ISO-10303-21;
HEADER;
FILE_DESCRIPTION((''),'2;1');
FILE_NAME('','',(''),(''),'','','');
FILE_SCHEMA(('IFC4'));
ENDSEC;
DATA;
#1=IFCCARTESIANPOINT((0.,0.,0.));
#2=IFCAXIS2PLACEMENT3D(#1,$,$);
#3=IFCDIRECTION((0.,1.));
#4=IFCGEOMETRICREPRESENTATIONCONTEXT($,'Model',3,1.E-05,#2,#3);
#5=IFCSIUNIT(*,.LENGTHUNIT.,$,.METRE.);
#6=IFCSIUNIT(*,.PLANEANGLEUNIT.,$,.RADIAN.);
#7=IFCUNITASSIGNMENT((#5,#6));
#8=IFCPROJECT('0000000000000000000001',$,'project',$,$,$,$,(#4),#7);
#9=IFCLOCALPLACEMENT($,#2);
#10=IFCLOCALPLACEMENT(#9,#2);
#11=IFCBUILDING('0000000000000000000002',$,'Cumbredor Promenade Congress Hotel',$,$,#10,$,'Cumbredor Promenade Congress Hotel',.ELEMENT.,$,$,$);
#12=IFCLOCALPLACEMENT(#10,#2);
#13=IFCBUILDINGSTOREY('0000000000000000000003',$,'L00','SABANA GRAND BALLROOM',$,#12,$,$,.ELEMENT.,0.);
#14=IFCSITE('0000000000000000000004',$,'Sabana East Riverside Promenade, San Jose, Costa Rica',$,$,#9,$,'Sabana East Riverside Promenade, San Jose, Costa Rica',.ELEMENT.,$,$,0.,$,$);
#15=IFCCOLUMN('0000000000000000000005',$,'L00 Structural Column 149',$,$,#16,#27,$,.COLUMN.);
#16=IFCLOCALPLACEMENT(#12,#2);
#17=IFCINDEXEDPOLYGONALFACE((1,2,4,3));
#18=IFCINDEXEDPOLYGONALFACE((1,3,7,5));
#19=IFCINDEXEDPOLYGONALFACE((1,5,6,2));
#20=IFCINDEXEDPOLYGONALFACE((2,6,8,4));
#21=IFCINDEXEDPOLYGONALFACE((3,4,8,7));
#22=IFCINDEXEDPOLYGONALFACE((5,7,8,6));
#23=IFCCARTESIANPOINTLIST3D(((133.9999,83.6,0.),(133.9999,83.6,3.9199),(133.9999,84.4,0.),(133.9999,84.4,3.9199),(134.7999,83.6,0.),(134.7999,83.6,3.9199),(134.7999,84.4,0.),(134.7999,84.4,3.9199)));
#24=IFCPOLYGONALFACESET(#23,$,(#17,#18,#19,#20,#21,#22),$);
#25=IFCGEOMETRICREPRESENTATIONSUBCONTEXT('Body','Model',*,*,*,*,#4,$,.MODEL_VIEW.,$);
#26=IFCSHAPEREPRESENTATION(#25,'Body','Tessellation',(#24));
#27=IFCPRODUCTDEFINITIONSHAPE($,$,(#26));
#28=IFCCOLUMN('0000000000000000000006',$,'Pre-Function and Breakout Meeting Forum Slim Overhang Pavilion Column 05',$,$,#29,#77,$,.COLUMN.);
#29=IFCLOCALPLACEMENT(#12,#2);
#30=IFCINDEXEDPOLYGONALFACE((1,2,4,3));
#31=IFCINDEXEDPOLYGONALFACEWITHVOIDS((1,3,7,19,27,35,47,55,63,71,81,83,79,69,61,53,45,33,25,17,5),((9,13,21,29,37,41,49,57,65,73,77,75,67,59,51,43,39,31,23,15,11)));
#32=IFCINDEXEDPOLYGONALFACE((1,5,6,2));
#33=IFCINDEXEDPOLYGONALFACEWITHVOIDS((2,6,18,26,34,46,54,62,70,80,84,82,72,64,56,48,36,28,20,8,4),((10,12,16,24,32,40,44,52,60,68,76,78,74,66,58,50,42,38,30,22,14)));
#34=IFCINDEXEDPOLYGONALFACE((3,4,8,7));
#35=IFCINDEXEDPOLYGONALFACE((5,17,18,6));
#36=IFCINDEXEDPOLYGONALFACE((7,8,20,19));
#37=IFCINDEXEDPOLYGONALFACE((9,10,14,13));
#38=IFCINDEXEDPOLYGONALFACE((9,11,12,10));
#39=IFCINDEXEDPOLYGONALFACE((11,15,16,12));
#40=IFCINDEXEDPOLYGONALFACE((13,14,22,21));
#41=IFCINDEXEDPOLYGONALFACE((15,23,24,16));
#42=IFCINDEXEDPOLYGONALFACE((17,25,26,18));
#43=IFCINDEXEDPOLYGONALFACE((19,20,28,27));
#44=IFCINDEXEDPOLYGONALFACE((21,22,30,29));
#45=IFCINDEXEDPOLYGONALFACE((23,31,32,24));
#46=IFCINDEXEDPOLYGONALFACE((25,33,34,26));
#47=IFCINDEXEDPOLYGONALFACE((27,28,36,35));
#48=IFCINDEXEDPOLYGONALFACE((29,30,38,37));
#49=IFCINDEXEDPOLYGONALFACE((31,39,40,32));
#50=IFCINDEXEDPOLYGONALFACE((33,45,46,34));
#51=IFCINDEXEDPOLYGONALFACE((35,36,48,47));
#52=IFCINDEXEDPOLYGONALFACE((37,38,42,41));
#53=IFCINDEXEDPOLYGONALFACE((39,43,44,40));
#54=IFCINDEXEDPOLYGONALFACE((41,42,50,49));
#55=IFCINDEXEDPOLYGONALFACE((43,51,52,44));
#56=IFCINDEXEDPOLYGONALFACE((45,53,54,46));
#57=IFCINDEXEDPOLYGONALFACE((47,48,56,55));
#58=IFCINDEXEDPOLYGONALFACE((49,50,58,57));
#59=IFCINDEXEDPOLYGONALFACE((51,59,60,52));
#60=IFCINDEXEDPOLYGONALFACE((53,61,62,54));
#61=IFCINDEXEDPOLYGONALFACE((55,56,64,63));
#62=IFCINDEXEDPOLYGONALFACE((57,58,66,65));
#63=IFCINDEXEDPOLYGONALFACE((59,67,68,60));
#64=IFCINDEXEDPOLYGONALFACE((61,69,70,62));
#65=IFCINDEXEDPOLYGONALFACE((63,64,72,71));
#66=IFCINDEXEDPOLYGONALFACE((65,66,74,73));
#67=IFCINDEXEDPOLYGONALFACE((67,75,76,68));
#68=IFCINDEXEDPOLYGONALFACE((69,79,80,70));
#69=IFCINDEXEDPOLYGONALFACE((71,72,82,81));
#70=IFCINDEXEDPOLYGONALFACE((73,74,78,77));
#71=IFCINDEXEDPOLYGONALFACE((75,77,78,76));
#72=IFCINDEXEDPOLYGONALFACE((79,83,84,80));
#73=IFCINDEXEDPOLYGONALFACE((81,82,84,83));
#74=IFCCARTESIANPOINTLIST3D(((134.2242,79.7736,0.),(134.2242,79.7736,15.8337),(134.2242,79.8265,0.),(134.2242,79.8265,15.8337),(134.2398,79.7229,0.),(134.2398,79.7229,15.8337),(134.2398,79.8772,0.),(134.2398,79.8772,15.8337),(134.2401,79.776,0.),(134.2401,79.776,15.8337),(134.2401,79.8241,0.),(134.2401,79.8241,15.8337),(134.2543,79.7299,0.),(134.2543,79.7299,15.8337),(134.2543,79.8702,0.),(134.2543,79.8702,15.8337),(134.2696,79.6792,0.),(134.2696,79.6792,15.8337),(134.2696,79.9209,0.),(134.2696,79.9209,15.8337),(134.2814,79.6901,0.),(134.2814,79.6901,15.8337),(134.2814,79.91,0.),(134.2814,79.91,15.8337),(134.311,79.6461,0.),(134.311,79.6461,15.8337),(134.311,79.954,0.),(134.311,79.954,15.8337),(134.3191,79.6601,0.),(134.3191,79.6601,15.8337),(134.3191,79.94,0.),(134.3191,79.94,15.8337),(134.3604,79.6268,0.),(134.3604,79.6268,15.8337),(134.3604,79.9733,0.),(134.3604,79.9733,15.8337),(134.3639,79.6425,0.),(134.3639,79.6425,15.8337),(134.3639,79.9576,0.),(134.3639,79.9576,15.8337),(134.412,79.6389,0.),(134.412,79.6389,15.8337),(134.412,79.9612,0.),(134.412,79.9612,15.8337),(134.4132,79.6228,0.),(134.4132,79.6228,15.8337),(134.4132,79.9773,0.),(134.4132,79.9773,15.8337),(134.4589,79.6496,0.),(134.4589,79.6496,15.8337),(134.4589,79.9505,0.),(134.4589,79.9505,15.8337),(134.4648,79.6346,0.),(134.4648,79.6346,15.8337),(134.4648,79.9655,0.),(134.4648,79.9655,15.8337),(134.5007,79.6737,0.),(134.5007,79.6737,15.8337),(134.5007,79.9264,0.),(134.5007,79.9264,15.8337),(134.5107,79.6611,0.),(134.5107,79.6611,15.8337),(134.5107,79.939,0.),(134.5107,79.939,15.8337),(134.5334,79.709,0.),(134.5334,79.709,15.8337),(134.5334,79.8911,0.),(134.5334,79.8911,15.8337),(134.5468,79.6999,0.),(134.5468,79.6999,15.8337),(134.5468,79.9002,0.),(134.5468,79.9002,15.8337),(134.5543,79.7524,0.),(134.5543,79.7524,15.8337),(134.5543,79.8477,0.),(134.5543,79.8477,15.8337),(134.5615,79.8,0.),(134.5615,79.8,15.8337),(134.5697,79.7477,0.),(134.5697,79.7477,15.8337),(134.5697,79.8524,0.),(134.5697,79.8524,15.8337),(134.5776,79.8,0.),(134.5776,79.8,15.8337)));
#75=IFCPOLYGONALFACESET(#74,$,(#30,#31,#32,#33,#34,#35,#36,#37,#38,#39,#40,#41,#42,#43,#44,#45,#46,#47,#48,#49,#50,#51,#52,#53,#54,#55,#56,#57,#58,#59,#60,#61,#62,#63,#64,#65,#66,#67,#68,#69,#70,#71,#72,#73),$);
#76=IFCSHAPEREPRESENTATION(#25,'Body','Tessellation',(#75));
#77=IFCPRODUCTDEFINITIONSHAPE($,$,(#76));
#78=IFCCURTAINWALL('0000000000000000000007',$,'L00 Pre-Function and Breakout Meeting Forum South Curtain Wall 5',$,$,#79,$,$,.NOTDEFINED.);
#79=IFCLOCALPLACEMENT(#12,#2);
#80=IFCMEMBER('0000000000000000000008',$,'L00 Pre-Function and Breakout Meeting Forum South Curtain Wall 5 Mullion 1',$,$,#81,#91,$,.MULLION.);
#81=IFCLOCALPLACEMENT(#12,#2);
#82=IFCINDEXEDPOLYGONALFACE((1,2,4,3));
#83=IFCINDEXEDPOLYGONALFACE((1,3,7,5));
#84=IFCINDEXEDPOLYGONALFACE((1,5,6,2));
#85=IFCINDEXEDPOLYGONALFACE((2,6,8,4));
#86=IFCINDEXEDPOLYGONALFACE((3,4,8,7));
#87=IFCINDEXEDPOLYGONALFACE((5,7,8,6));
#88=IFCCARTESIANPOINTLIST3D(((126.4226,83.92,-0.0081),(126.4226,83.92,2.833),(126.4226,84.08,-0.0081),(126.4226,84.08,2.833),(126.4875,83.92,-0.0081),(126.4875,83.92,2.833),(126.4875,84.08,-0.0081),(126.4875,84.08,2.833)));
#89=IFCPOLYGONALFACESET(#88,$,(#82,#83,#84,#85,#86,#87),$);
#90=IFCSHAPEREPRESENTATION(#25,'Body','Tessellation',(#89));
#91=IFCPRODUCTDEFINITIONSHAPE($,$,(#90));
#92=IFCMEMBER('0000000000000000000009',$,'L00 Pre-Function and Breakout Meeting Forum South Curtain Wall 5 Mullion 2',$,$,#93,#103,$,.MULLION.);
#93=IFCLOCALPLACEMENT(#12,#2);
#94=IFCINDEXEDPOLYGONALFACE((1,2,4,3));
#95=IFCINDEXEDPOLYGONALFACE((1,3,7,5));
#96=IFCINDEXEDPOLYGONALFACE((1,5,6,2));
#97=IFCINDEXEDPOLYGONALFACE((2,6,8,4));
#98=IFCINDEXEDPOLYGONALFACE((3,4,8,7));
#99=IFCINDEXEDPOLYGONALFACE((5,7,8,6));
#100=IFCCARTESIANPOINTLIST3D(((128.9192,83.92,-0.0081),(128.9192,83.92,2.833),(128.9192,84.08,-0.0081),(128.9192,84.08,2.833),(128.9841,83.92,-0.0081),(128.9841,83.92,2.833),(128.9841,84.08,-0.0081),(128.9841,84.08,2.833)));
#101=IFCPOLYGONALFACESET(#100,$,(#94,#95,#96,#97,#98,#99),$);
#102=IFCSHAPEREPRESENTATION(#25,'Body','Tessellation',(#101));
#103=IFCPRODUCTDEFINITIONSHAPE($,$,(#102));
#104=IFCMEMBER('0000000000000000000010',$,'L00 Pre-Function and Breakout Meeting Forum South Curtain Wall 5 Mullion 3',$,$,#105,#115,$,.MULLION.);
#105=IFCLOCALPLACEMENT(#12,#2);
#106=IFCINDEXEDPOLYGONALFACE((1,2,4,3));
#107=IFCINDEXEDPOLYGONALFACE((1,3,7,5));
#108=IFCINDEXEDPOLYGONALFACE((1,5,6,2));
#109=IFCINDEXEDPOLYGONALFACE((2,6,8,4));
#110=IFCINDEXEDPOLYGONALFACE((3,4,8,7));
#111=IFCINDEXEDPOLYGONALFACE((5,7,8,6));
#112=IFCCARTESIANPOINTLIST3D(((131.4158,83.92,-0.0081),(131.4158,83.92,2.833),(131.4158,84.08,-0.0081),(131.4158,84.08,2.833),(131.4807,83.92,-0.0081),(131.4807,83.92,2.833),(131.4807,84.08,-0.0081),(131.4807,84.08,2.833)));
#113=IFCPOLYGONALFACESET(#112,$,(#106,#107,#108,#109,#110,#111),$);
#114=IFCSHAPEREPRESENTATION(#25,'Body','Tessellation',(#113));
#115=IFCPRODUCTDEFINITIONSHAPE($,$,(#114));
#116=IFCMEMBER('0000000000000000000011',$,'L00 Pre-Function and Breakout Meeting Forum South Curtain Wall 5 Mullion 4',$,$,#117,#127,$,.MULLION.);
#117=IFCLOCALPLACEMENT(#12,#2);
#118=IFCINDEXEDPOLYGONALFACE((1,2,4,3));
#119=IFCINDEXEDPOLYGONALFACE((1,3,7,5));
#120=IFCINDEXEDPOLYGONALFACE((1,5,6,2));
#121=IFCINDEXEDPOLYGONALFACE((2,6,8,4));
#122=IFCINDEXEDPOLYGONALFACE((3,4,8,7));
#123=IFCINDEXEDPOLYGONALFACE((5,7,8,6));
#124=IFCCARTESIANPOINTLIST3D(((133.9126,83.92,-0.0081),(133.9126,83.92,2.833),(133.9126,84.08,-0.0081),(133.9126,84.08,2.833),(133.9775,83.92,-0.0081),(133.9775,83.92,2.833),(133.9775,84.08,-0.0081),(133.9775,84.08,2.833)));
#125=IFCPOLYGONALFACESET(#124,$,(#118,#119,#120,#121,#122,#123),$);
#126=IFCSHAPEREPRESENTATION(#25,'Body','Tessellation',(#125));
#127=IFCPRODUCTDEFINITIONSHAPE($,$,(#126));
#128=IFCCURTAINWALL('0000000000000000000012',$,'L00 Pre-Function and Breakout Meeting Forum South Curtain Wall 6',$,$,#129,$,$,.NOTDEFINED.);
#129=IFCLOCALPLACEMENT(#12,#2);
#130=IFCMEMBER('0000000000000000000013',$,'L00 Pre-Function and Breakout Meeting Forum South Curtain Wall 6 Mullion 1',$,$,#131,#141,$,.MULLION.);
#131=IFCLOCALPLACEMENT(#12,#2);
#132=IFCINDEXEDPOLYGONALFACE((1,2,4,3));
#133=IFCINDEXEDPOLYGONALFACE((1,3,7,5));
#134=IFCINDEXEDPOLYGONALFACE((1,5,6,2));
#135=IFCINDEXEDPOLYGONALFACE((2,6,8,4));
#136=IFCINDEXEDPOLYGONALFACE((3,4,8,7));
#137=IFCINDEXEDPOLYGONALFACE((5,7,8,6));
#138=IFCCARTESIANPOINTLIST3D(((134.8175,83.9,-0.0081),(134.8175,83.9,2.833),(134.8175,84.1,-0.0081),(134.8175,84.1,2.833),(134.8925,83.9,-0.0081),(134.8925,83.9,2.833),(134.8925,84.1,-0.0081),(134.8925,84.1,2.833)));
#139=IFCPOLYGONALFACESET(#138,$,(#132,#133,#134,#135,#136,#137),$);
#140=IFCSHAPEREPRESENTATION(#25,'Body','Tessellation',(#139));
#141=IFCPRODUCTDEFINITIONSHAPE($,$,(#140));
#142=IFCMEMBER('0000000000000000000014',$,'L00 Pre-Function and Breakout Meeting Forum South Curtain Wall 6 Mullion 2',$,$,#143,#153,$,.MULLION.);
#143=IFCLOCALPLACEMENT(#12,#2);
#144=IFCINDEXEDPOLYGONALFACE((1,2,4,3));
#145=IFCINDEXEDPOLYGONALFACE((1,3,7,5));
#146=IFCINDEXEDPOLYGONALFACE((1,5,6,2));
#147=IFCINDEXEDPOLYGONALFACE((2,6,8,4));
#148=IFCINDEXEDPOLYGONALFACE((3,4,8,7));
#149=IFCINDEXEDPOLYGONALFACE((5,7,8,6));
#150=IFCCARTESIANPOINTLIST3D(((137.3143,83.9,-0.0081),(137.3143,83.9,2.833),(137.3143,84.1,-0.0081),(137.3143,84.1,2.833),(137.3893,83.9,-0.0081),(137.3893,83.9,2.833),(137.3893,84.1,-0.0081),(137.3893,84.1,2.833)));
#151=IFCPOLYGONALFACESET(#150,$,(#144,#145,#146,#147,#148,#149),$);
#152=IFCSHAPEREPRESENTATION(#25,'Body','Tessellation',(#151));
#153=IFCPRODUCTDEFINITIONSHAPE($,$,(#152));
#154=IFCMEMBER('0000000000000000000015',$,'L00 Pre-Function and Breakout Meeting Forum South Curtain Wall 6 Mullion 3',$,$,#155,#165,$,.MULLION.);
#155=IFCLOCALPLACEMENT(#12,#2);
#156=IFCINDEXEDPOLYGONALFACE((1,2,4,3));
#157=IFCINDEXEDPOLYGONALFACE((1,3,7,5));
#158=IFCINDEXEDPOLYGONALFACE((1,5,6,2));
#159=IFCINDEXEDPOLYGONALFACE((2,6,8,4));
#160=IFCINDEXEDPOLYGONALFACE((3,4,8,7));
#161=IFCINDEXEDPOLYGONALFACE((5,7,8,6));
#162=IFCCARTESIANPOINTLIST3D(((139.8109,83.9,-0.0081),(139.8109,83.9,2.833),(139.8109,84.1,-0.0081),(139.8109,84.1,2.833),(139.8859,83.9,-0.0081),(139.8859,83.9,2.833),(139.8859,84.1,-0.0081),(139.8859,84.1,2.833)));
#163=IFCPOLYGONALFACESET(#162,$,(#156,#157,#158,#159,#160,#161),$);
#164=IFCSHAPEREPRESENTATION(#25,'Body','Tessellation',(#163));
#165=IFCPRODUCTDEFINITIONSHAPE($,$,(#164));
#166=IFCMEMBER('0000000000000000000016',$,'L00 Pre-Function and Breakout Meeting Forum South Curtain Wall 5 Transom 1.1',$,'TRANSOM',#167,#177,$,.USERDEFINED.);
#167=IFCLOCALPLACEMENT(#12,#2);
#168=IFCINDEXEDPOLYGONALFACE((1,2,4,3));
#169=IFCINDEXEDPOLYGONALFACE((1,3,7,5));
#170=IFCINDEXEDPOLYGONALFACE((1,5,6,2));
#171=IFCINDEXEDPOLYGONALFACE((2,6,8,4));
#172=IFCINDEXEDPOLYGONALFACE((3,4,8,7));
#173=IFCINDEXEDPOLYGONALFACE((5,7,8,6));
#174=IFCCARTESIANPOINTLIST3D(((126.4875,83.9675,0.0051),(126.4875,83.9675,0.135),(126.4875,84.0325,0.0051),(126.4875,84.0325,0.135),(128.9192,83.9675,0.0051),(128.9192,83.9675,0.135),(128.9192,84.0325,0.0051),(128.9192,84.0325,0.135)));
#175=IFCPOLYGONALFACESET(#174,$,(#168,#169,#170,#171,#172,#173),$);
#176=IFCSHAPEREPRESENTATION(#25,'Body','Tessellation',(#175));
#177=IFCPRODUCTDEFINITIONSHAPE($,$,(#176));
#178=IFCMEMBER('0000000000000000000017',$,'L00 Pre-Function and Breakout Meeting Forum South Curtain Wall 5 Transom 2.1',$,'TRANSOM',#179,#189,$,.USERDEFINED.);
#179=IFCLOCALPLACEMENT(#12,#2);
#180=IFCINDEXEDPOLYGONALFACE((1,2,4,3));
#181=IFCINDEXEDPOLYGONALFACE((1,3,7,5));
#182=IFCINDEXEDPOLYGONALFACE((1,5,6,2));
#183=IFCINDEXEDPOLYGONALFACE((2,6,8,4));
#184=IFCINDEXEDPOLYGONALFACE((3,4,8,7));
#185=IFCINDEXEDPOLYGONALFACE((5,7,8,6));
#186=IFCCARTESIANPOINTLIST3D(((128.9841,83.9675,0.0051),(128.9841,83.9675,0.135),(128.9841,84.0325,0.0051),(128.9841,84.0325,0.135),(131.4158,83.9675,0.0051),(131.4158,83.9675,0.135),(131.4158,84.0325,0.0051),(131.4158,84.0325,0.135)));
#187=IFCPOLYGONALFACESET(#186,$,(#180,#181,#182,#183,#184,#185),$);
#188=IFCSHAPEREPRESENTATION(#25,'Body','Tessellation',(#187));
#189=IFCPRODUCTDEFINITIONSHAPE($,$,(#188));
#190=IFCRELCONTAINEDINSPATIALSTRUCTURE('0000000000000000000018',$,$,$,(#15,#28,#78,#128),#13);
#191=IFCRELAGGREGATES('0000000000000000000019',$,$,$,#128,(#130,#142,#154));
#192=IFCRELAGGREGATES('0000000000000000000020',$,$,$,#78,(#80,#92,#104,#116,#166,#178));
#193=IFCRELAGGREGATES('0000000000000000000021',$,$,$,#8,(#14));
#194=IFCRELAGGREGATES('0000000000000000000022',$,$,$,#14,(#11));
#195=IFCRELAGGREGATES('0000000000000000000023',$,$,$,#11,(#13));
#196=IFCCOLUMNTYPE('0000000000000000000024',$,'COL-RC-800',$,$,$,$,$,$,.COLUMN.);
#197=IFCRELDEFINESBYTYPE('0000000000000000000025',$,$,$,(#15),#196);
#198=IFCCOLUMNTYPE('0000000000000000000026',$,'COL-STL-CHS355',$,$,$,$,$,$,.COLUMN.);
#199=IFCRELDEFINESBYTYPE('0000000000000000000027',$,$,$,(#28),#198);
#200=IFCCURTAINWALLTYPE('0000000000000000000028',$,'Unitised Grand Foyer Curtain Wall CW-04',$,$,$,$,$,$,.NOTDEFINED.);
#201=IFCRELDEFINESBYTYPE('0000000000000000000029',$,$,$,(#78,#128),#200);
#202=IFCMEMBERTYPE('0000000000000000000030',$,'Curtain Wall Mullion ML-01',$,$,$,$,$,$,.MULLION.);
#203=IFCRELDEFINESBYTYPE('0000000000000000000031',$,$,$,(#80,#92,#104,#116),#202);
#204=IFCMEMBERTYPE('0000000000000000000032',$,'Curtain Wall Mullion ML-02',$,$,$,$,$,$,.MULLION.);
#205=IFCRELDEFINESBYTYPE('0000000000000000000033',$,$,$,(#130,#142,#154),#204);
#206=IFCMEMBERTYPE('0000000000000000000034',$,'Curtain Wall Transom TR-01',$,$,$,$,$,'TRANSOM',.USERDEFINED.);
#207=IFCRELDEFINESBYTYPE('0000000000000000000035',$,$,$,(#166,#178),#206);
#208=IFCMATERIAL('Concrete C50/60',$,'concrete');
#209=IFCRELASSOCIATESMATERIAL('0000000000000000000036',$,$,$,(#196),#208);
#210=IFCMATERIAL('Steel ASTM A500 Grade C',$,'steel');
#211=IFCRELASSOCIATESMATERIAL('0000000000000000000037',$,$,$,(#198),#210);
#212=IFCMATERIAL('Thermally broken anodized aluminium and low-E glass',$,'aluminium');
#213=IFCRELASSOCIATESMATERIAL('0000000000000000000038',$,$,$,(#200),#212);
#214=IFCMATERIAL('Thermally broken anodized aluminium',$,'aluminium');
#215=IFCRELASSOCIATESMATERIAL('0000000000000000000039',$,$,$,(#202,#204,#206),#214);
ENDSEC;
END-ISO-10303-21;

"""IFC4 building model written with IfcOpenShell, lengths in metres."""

from ifc_helpers import new_model, si_unit, direction, frame, origin, origin_2d, place, context, subcontext, project, spatial, rectangle, hollow_circle, extrude, material, material_profile, profile_set, type_object, element, aggregate, save


model = new_model("IFC4")

# Units and contexts
model_context = context("Model", 3, precision=1e-05, world=origin(), true_north=direction((0.0, 1.0)))
body_context = subcontext(model_context, "Body", "Model", "MODEL_VIEW")
ifc_project = project(units=[si_unit("LENGTHUNIT", "METRE"), si_unit("PLANEANGLEUNIT", "RADIAN")], contexts=[model_context])

# Site, building, storey
site_placement = place(None, origin())
site = spatial("IfcSite", under=ifc_project, at=site_placement, Name="Sabana East Riverside Promenade, San Jose, Costa Rica", LongName="Sabana East Riverside Promenade, San Jose, Costa Rica", CompositionType="ELEMENT", RefElevation=0.0)
building_placement = place(site_placement, origin())
building = spatial("IfcBuilding", under=site, at=building_placement, Name="Cumbredor Promenade Congress Hotel", LongName="Cumbredor Promenade Congress Hotel", CompositionType="ELEMENT")
storey_placement = place(building_placement, origin())
storey = spatial("IfcBuildingStorey", under=building, at=storey_placement, Name="L00", Description="SABANA GRAND BALLROOM", CompositionType="ELEMENT", Elevation=0.0)

# Columns
ifc_material_1 = material(Name="Concrete C50/60", Category="concrete")
ifc_material_profile_1 = material_profile(ifc_material_1, rectangle(XDim=0.8, YDim=0.8, at=origin_2d()), Name="RC 800x800")
ifc_profile_set_1 = profile_set([ifc_material_profile_1], Name="Concrete C50/60")
column_type_1 = type_object("IfcColumnType", Name="COL-RC-800", PredefinedType="COLUMN", material=ifc_profile_set_1)
column_1_placement = place(storey_placement, frame((134.3999, 84.0, 0.0), z_axis=(0.0, 0.0, 1.0), x_axis=(1.0, 0.0, 0.0)))
element("IfcColumn", 1, at=column_1_placement, inside=storey, type_object=column_type_1, Name="L00 Structural Column 149", PredefinedType="COLUMN", context=body_context, shape_type="SweptSolid", body=[
    extrude(rectangle(XDim=0.8, YDim=0.8, at=origin_2d()), origin(), (0.0, 0.0, 1.0), 3.9199),
])
ifc_material_2 = material(Name="Steel ASTM A500 Grade C", Category="steel")
ifc_material_profile_2 = material_profile(ifc_material_2, hollow_circle(Radius=0.1777, WallThickness=0.0161, at=origin_2d()), Name="CHS 355.6x16")
ifc_profile_set_2 = profile_set([ifc_material_profile_2], Name="Steel ASTM A500 Grade C")
column_type_2 = type_object("IfcColumnType", Name="COL-STL-CHS355", PredefinedType="COLUMN", material=ifc_profile_set_2)
column_2_placement = place(storey_placement, frame((134.3999, 79.8, 0.0), z_axis=(0.0, 0.0, 1.0), x_axis=(1.0, 0.0, 0.0)))
element("IfcColumn", 2, at=column_2_placement, inside=storey, type_object=column_type_2, Name="Pre-Function and Breakout Meeting Forum Slim Overhang Pavilion Column 05", PredefinedType="COLUMN", context=body_context, shape_type="SweptSolid", body=[
    extrude(hollow_circle(Radius=0.1777, WallThickness=0.0161, at=origin_2d()), origin(), (0.0, 0.0, 1.0), 15.8337),
])

# Curtain walls, members
ifc_material_3 = material(Name="Thermally broken anodized aluminium and low-E glass", Category="aluminium")
curtain_wall_type = type_object("IfcCurtainWallType", Name="Unitised Grand Foyer Curtain Wall CW-04", PredefinedType="NOTDEFINED", material=ifc_material_3)
curtain_wall_1_placement = place(storey_placement, origin())
curtain_wall_1 = element("IfcCurtainWall", 3, at=curtain_wall_1_placement, inside=storey, type_object=curtain_wall_type, Name="L00 Pre-Function and Breakout Meeting Forum South Curtain Wall 5", PredefinedType="NOTDEFINED")
ifc_material_4 = material(Name="Thermally broken anodized aluminium", Category="aluminium")
ifc_material_profile_3 = material_profile(ifc_material_4, rectangle(XDim=0.0649, YDim=0.1599, at=origin_2d()), Name="ALU MULLION 65x160")
ifc_profile_set_3 = profile_set([ifc_material_profile_3], Name="Thermally broken anodized aluminium")
member_type_1 = type_object("IfcMemberType", Name="Curtain Wall Mullion ML-01", PredefinedType="MULLION", material=ifc_profile_set_3)
member_1_placement = place(storey_placement, frame((126.4551, 84.0, -0.0081), z_axis=(0.0, 0.0, 1.0), x_axis=(1.0, 0.0, 0.0)))
member_1 = element("IfcMember", 4, at=member_1_placement, type_object=member_type_1, Name="L00 Pre-Function and Breakout Meeting Forum South Curtain Wall 5 Mullion 1", PredefinedType="MULLION", context=body_context, shape_type="SweptSolid", body=[
    extrude(rectangle(XDim=0.0649, YDim=0.1599, at=origin_2d()), origin(), (0.0, 0.0, 1.0), 2.8411),
])
member_2_placement = place(storey_placement, frame((128.9517, 84.0, -0.0081), z_axis=(0.0, 0.0, 1.0), x_axis=(1.0, 0.0, 0.0)))
member_2 = element("IfcMember", 5, at=member_2_placement, type_object=member_type_1, Name="L00 Pre-Function and Breakout Meeting Forum South Curtain Wall 5 Mullion 2", PredefinedType="MULLION", context=body_context, shape_type="SweptSolid", body=[
    extrude(rectangle(XDim=0.0649, YDim=0.1599, at=origin_2d()), origin(), (0.0, 0.0, 1.0), 2.8411),
])
member_3_placement = place(storey_placement, frame((131.4482, 84.0, -0.0081), z_axis=(0.0, 0.0, 1.0), x_axis=(1.0, 0.0, 0.0)))
member_3 = element("IfcMember", 6, at=member_3_placement, type_object=member_type_1, Name="L00 Pre-Function and Breakout Meeting Forum South Curtain Wall 5 Mullion 3", PredefinedType="MULLION", context=body_context, shape_type="SweptSolid", body=[
    extrude(rectangle(XDim=0.0649, YDim=0.1599, at=origin_2d()), origin(), (0.0, 0.0, 1.0), 2.8411),
])
member_4_placement = place(storey_placement, frame((133.9451, 84.0, -0.0081), z_axis=(0.0, 0.0, 1.0), x_axis=(1.0, 0.0, 0.0)))
member_4 = element("IfcMember", 7, at=member_4_placement, type_object=member_type_1, Name="L00 Pre-Function and Breakout Meeting Forum South Curtain Wall 5 Mullion 4", PredefinedType="MULLION", context=body_context, shape_type="SweptSolid", body=[
    extrude(rectangle(XDim=0.0649, YDim=0.1599, at=origin_2d()), origin(), (0.0, 0.0, 1.0), 2.8411),
])
curtain_wall_2_placement = place(storey_placement, origin())
curtain_wall_2 = element("IfcCurtainWall", 8, at=curtain_wall_2_placement, inside=storey, type_object=curtain_wall_type, Name="L00 Pre-Function and Breakout Meeting Forum South Curtain Wall 6", PredefinedType="NOTDEFINED")
ifc_material_profile_4 = material_profile(ifc_material_4, rectangle(XDim=0.075, YDim=0.2, at=origin_2d()), Name="ALU MULLION 75x200")
ifc_profile_set_4 = profile_set([ifc_material_profile_4], Name="Thermally broken anodized aluminium")
member_type_2 = type_object("IfcMemberType", Name="Curtain Wall Mullion ML-02", PredefinedType="MULLION", material=ifc_profile_set_4)
member_5_placement = place(storey_placement, frame((134.855, 84.0, -0.0081), z_axis=(0.0, 0.0, 1.0), x_axis=(1.0, 0.0, 0.0)))
member_5 = element("IfcMember", 9, at=member_5_placement, type_object=member_type_2, Name="L00 Pre-Function and Breakout Meeting Forum South Curtain Wall 6 Mullion 1", PredefinedType="MULLION", context=body_context, shape_type="SweptSolid", body=[
    extrude(rectangle(XDim=0.075, YDim=0.2, at=origin_2d()), origin(), (0.0, 0.0, 1.0), 2.8411),
])
member_6_placement = place(storey_placement, frame((137.3518, 84.0, -0.0081), z_axis=(0.0, 0.0, 1.0), x_axis=(1.0, 0.0, 0.0)))
member_6 = element("IfcMember", 10, at=member_6_placement, type_object=member_type_2, Name="L00 Pre-Function and Breakout Meeting Forum South Curtain Wall 6 Mullion 2", PredefinedType="MULLION", context=body_context, shape_type="SweptSolid", body=[
    extrude(rectangle(XDim=0.075, YDim=0.2, at=origin_2d()), origin(), (0.0, 0.0, 1.0), 2.8411),
])
member_7_placement = place(storey_placement, frame((139.8484, 84.0, -0.0081), z_axis=(0.0, 0.0, 1.0), x_axis=(1.0, 0.0, 0.0)))
member_7 = element("IfcMember", 11, at=member_7_placement, type_object=member_type_2, Name="L00 Pre-Function and Breakout Meeting Forum South Curtain Wall 6 Mullion 3", PredefinedType="MULLION", context=body_context, shape_type="SweptSolid", body=[
    extrude(rectangle(XDim=0.075, YDim=0.2, at=origin_2d()), origin(), (0.0, 0.0, 1.0), 2.8411),
])

# Members
ifc_material_profile_5 = material_profile(ifc_material_4, rectangle(XDim=0.0649, YDim=0.1299, at=origin_2d()), Name="ALU TRANSOM 65x130")
ifc_profile_set_5 = profile_set([ifc_material_profile_5], Name="Thermally broken anodized aluminium")
member_type_3 = type_object("IfcMemberType", Name="Curtain Wall Transom TR-01", ElementType="TRANSOM", PredefinedType="USERDEFINED", material=ifc_profile_set_5)
member_8_placement = place(storey_placement, frame((126.4875, 84.0, 0.0701), z_axis=(1.0, 0.0, 0.0), x_axis=(0.0, 1.0, 0.0)))
member_8 = element("IfcMember", 12, at=member_8_placement, type_object=member_type_3, Name="L00 Pre-Function and Breakout Meeting Forum South Curtain Wall 5 Transom 1.1", ObjectType="TRANSOM", PredefinedType="USERDEFINED", context=body_context, shape_type="SweptSolid", body=[
    extrude(rectangle(XDim=0.0649, YDim=0.1299, at=origin_2d()), origin(), (0.0, 0.0, 1.0), 2.4316),
])
member_9_placement = place(storey_placement, frame((128.9841, 84.0, 0.0701), z_axis=(1.0, 0.0, 0.0), x_axis=(0.0, 1.0, 0.0)))
member_9 = element("IfcMember", 13, at=member_9_placement, type_object=member_type_3, Name="L00 Pre-Function and Breakout Meeting Forum South Curtain Wall 5 Transom 2.1", ObjectType="TRANSOM", PredefinedType="USERDEFINED", context=body_context, shape_type="SweptSolid", body=[
    extrude(rectangle(XDim=0.0649, YDim=0.1299, at=origin_2d()), origin(), (0.0, 0.0, 1.0), 2.4316),
])
aggregate(curtain_wall_2, [member_5, member_6, member_7])

aggregate(curtain_wall_1, [member_1, member_2, member_3, member_4, member_8, member_9])

save(model, "model.ifc")
